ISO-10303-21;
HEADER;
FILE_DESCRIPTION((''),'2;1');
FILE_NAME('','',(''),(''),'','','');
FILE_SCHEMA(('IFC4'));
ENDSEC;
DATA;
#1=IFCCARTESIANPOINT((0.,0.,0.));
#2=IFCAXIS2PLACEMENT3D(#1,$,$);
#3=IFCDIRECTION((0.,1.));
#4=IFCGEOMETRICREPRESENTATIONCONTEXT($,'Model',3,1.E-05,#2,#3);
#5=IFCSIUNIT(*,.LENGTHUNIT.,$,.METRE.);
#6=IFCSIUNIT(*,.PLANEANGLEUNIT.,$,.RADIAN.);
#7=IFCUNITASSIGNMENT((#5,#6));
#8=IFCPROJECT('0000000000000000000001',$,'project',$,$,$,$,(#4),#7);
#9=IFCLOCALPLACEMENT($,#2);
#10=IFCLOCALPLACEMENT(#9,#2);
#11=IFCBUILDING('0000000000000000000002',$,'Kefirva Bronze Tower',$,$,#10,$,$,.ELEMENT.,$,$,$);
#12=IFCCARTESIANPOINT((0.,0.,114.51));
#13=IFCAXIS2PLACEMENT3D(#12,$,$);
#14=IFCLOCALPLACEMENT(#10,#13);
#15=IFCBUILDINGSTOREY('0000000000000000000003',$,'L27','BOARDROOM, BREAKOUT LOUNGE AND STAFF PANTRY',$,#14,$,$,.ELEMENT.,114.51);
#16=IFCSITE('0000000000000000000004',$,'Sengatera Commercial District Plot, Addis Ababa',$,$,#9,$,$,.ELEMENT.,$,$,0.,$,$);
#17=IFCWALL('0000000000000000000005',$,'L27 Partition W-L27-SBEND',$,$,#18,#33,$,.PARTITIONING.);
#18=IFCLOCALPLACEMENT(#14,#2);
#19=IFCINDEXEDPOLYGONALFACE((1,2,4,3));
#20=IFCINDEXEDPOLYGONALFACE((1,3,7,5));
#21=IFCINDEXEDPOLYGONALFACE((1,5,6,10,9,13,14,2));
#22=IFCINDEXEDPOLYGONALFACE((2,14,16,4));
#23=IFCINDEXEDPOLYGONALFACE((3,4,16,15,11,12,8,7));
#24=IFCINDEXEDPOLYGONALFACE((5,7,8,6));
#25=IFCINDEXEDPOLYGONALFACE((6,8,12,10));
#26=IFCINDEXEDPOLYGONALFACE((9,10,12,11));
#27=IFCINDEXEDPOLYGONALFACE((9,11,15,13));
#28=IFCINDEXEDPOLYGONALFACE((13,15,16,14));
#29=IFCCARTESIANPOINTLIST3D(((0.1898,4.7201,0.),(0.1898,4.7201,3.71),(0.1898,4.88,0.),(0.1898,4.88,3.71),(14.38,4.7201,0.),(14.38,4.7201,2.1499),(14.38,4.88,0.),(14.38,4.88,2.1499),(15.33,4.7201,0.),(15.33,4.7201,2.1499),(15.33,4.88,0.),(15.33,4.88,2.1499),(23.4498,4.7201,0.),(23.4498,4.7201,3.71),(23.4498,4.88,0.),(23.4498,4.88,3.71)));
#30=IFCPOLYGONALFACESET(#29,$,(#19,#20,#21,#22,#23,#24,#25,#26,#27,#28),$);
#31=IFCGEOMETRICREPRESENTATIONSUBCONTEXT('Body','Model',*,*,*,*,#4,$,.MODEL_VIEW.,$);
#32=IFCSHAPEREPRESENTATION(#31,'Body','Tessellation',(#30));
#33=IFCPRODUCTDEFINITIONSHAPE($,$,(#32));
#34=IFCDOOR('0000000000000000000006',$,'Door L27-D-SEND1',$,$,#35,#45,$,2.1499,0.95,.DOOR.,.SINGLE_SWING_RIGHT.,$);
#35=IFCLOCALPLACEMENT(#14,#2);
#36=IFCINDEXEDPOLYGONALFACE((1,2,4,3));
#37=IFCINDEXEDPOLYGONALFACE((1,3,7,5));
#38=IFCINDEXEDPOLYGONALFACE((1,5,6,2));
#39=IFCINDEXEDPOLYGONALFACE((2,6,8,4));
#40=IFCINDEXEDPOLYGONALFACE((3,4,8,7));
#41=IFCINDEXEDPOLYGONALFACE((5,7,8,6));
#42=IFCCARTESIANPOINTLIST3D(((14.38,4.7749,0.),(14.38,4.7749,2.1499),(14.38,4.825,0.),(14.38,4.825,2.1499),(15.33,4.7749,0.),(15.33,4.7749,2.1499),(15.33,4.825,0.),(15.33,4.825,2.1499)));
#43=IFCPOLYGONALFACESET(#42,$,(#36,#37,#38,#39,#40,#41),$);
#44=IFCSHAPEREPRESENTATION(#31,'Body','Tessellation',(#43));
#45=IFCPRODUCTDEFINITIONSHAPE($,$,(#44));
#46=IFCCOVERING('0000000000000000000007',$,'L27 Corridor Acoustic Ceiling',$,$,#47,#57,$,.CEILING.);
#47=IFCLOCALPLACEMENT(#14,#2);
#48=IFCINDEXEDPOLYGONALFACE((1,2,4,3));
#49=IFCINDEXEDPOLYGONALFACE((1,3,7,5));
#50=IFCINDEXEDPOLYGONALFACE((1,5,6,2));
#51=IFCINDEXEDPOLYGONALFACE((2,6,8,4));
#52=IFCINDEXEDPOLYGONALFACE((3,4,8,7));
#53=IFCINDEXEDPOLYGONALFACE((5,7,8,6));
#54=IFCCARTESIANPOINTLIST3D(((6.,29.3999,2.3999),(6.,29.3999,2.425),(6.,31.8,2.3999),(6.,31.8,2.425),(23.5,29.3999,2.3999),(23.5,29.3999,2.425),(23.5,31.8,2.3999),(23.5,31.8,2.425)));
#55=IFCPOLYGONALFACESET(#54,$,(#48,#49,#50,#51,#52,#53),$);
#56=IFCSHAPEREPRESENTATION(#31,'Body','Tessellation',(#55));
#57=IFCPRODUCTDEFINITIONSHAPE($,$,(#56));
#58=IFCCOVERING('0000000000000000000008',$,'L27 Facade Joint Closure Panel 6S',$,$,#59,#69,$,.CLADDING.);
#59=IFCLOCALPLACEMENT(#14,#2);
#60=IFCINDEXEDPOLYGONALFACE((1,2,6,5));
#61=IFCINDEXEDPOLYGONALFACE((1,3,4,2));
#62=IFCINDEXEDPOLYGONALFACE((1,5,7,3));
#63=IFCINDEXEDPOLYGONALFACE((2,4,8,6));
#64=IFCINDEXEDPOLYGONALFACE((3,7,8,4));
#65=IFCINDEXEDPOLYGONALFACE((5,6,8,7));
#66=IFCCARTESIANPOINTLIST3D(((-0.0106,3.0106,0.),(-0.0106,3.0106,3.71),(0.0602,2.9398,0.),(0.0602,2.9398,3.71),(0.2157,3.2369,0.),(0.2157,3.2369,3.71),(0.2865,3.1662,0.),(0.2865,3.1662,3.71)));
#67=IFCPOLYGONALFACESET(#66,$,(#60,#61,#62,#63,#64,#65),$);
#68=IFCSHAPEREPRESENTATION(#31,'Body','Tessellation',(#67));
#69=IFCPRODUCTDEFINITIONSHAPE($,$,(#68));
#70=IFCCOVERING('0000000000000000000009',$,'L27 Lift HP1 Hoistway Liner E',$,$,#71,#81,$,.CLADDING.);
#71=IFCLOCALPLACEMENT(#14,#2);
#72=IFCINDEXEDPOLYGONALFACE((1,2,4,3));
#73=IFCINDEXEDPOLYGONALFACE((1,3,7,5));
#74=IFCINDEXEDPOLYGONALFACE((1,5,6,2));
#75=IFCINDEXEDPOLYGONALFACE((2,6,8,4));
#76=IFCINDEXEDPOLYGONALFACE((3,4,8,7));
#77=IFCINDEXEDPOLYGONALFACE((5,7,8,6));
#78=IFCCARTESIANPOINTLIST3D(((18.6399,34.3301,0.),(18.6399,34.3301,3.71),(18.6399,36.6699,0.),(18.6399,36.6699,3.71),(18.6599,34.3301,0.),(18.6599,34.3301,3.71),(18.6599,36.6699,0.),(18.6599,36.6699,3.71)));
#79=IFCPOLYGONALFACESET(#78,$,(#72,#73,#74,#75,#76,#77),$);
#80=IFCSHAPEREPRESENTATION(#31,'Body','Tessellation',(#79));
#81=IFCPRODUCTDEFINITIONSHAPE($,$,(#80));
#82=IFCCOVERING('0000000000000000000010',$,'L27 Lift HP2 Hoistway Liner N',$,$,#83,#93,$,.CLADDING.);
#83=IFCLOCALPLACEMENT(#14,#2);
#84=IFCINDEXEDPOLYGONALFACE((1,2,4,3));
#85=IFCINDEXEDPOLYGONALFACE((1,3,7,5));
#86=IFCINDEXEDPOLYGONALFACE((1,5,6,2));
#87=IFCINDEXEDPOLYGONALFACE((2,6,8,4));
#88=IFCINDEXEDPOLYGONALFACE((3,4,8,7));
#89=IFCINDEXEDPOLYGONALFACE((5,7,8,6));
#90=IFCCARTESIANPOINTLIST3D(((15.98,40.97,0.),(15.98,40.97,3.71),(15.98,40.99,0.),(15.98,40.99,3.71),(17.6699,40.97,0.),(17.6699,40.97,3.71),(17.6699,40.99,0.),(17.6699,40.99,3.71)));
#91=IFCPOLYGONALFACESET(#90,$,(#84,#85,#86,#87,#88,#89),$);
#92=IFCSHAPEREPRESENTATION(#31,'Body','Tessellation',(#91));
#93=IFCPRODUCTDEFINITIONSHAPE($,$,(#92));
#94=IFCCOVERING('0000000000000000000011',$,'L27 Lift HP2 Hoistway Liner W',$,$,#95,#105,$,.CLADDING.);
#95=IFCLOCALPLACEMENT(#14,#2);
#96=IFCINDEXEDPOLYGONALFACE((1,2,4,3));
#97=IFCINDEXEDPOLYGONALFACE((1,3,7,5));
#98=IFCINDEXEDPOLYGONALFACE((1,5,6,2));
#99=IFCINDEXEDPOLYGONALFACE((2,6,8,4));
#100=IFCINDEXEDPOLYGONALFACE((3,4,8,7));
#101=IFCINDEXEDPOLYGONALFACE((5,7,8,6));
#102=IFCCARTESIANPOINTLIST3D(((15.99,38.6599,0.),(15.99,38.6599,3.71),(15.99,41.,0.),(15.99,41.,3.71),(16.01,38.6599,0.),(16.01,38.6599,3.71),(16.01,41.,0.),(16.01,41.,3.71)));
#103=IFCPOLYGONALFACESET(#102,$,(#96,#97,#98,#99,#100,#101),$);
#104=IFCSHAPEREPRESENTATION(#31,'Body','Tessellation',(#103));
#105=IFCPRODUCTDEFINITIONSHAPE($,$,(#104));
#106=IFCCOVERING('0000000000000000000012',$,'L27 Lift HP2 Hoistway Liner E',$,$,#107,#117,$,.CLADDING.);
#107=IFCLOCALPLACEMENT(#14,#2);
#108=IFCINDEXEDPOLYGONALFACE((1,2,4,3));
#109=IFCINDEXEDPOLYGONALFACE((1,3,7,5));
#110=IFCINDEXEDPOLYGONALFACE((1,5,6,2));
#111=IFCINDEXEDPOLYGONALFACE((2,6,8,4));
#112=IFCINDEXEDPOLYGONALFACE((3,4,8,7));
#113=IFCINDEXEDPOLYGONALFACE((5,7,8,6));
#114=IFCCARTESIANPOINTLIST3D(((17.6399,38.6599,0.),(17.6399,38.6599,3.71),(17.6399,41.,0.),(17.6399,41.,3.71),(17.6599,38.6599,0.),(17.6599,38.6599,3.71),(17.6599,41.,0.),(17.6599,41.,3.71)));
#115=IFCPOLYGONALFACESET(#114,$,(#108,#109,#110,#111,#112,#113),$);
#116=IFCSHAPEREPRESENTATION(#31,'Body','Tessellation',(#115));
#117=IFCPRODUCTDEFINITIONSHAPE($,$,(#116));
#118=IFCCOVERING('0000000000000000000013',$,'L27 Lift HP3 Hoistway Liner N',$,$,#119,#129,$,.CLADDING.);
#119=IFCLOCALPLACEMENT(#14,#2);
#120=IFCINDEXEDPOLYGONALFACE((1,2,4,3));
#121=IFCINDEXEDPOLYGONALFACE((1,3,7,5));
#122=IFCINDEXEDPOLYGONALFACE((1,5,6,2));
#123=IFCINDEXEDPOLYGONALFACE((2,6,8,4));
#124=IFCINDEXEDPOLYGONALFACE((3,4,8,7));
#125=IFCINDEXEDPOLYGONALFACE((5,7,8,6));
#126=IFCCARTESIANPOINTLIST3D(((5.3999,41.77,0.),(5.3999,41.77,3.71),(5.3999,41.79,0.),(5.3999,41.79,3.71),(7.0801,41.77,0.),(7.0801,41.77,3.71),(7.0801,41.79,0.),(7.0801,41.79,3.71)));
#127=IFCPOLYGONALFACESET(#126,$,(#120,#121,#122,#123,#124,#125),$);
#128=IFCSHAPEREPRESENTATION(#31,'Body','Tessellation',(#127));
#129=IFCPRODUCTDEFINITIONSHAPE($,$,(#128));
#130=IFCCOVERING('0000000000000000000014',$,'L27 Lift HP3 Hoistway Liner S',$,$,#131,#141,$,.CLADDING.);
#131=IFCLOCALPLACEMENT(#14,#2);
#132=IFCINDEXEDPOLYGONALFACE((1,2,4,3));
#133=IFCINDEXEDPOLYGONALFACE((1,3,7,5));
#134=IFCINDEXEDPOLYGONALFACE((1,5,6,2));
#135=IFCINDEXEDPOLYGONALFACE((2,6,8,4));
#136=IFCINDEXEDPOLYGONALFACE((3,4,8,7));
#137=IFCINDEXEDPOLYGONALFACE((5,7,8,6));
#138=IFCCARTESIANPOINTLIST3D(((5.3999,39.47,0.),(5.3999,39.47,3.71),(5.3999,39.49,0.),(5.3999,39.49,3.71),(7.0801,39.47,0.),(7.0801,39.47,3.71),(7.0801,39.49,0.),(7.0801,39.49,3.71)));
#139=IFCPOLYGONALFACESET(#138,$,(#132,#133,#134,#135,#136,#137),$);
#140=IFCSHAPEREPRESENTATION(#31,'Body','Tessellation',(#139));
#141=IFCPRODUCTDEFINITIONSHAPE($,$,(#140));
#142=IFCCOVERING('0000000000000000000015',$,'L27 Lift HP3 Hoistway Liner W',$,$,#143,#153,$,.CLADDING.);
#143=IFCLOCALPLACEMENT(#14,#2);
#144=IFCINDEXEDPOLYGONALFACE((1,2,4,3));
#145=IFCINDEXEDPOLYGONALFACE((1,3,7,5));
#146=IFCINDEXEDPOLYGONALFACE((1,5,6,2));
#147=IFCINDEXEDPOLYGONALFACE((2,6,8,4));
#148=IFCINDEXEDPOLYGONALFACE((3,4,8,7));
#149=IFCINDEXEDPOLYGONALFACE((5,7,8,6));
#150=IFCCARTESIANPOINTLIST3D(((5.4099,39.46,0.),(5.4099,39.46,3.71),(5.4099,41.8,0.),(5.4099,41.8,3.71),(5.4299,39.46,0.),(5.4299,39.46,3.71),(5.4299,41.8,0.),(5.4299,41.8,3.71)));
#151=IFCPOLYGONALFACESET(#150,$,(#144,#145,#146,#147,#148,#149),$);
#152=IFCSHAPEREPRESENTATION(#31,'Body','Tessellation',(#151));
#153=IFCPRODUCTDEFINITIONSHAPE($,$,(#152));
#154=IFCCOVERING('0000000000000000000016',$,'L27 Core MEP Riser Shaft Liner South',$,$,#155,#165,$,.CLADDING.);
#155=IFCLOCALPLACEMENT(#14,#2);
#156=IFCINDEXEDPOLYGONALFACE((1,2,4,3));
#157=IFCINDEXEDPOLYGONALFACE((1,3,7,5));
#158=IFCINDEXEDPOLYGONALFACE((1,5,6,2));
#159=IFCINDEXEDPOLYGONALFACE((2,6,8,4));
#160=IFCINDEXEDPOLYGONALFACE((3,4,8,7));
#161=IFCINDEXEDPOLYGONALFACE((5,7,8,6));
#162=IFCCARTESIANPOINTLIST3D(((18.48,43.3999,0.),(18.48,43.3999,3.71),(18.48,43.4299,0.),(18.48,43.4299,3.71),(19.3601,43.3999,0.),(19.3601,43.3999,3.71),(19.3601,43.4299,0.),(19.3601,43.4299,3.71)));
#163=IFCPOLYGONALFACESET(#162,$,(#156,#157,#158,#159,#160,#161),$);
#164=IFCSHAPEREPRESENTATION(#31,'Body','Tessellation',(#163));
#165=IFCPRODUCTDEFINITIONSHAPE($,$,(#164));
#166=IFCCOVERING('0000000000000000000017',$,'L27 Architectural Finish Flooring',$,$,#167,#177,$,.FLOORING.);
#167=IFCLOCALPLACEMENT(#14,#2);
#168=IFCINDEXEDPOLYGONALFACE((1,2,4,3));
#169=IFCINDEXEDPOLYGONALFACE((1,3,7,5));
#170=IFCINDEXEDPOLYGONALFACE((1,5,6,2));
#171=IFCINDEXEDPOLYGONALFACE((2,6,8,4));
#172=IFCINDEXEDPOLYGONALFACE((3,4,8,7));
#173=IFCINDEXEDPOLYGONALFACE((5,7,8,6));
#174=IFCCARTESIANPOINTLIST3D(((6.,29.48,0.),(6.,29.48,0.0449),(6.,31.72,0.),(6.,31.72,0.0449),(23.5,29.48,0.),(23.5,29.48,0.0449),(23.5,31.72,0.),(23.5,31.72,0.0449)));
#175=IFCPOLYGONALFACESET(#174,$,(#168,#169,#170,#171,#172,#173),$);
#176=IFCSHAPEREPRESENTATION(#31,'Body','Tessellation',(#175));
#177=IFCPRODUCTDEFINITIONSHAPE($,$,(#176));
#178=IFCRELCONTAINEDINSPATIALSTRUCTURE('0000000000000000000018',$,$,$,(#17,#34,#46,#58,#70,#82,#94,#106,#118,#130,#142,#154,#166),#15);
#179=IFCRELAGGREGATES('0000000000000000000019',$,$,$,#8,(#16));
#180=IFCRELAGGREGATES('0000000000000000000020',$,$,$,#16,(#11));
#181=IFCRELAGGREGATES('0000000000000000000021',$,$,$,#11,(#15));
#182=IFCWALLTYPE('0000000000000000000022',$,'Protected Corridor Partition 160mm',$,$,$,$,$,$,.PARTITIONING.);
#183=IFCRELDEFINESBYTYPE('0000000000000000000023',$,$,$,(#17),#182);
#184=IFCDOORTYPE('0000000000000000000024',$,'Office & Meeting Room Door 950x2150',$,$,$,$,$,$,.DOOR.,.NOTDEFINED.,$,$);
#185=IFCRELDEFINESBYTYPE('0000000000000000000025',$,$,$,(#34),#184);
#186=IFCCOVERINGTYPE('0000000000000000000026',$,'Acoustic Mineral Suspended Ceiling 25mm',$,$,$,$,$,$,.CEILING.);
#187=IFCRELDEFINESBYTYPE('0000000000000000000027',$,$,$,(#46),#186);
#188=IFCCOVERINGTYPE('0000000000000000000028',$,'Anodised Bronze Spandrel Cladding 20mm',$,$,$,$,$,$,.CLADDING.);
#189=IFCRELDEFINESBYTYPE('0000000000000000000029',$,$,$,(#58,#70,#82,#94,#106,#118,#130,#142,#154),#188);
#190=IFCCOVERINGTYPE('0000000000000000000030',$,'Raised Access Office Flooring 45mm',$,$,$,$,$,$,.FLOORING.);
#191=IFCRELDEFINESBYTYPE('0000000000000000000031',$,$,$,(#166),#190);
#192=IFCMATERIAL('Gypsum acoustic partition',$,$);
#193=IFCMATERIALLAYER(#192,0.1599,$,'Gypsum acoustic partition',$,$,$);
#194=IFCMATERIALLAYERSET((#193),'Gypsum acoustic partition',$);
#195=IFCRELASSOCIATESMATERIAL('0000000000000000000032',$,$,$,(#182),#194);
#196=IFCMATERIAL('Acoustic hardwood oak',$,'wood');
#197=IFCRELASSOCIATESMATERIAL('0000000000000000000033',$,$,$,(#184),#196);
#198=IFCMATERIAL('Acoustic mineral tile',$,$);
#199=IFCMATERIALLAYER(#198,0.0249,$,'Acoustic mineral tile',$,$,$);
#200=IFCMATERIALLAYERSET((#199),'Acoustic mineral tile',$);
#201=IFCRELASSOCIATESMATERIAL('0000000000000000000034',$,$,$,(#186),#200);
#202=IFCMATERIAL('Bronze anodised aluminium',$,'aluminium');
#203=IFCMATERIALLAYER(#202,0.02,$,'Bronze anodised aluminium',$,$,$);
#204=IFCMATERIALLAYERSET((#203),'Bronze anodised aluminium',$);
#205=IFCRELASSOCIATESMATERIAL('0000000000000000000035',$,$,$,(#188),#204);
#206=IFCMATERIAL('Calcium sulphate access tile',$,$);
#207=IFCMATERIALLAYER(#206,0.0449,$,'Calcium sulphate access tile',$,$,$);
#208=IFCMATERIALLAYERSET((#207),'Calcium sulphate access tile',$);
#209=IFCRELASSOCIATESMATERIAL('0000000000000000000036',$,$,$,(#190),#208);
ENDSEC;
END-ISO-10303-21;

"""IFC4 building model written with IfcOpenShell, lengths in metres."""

from ifc_helpers import new_model, si_unit, direction, frame, frame_2d, origin, origin_2d, place, context, subcontext, project, spatial, polyline, rectangle, outline, extrude, material, layer, layer_set, type_object, element, fill, save


model = new_model("IFC4")

# Units and contexts
model_context = context("Model", 3, precision=1e-05, world=origin(), true_north=direction((0.0, 1.0)))
body_context = subcontext(model_context, "Body", "Model", "MODEL_VIEW")
ifc_project = project(units=[si_unit("LENGTHUNIT", "METRE"), si_unit("PLANEANGLEUNIT", "RADIAN")], contexts=[model_context])

# Site, building, storey
site_placement = place(None, origin())
site = spatial("IfcSite", under=ifc_project, at=site_placement, Name="Sengatera Commercial District Plot, Addis Ababa", CompositionType="ELEMENT", RefElevation=0.0)
building_placement = place(site_placement, origin())
building = spatial("IfcBuilding", under=site, at=building_placement, Name="Kefirva Bronze Tower", CompositionType="ELEMENT")
storey_placement = place(building_placement, frame((0.0, 0.0, 114.51)))
storey = spatial("IfcBuildingStorey", under=building, at=storey_placement, Name="L27", Description="BOARDROOM, BREAKOUT LOUNGE AND STAFF PANTRY", CompositionType="ELEMENT", Elevation=114.51)

# Shared definitions
ifc_material_1 = material(Name="Bronze anodised aluminium", Category="aluminium")

# Wall, opening, door
ifc_material_2 = material(Name="Gypsum acoustic partition")
ifc_layer_1 = layer(ifc_material_2, 0.1599, Name="Gypsum acoustic partition")
ifc_layer_set_1 = layer_set([ifc_layer_1], Name="Gypsum acoustic partition")
wall_type_1 = type_object("IfcWallType", Name="Protected Corridor Partition 160mm", PredefinedType="PARTITIONING", material=ifc_layer_set_1)
wall_1_placement = place(storey_placement, frame((0.1899, 4.8, 0.0), z_axis=(0.0, 0.0, 1.0), x_axis=(1.0, 0.0, 0.0)))
wall_1 = element("IfcWall", 1, at=wall_1_placement, inside=storey, type_object=wall_type_1, Name="L27 Partition W-L27-SBEND", PredefinedType="PARTITIONING", context=body_context, shape_type="SweptSolid", body=[
    extrude(rectangle(XDim=23.26, YDim=0.1599, at=frame_2d((11.6299, 0.0))), origin(), (0.0, 0.0, 1.0), 3.71),
])
opening_placement = place(wall_1_placement, frame((14.1899, 0.0, 0.0)))
opening = element("IfcOpeningElement", 2, at=opening_placement, cuts=wall_1, PredefinedType="OPENING", context=body_context, shape_type="SweptSolid", body=[
    extrude(rectangle(XDim=0.95, YDim=2.1499, at=frame_2d((0.4751, 1.075))), frame((0.0, 0.0898, 0.0), z_axis=(0.0, -1.0, 0.0), x_axis=(1.0, 0.0, 0.0)), (0.0, 0.0, 1.0), 0.1799),
])
ifc_material_3 = material(Name="Acoustic hardwood oak", Category="wood")
door_type = type_object("IfcDoorType", Name="Office & Meeting Room Door 950x2150", OperationType="NOTDEFINED", PredefinedType="DOOR", material=ifc_material_3)
door_placement = place(opening_placement, origin())
door = element("IfcDoor", 3, at=door_placement, inside=storey, type_object=door_type, Name="Door L27-D-SEND1", OperationType="SINGLE_SWING_RIGHT", OverallHeight=2.1499, OverallWidth=0.95, PredefinedType="DOOR", context=body_context, shape_type="SweptSolid", body=[
    extrude(rectangle(XDim=0.95, YDim=2.1499, at=frame_2d((0.4751, 1.075))), frame((0.0, 0.0249, 0.0), z_axis=(0.0, -1.0, 0.0), x_axis=(1.0, 0.0, 0.0)), (0.0, 0.0, 1.0), 0.05),
])
fill(opening, door)

# Coverings
ifc_material_4 = material(Name="Acoustic mineral tile")
ifc_layer_2 = layer(ifc_material_4, 0.0249, Name="Acoustic mineral tile")
ifc_layer_set_2 = layer_set([ifc_layer_2], Name="Acoustic mineral tile")
covering_type_1 = type_object("IfcCoveringType", Name="Acoustic Mineral Suspended Ceiling 25mm", PredefinedType="CEILING", material=ifc_layer_set_2)
covering_1_placement = place(storey_placement, frame((0.0, 0.0, 2.3999)))
element("IfcCovering", 4, at=covering_1_placement, inside=storey, type_object=covering_type_1, Name="L27 Corridor Acoustic Ceiling", PredefinedType="CEILING", context=body_context, shape_type="SweptSolid", body=[
    extrude(outline(polyline([(6.0, 29.3999), (23.5, 29.3999), (23.5, 31.8), (6.0, 31.8), (6.0, 29.3999)])), origin(), (0.0, 0.0, 1.0), 0.0251),
])
ifc_layer_3 = layer(ifc_material_1, 0.02, Name="Bronze anodised aluminium")
ifc_layer_set_3 = layer_set([ifc_layer_3], Name="Bronze anodised aluminium")
covering_type_2 = type_object("IfcCoveringType", Name="Anodised Bronze Spandrel Cladding 20mm", PredefinedType="CLADDING", material=ifc_layer_set_3)
covering_2_placement = place(storey_placement, frame((0.1379, 3.0884, 0.0), z_axis=(0.0, 0.0, 1.0), x_axis=(0.707107, -0.707107, 0.0)))
element("IfcCovering", 5, at=covering_2_placement, inside=storey, type_object=covering_type_2, Name="L27 Facade Joint Closure Panel 6S", PredefinedType="CLADDING", context=body_context, shape_type="SweptSolid", body=[
    extrude(rectangle(XDim=0.1001, YDim=0.3201, at=origin_2d()), origin(), (0.0, 0.0, 1.0), 3.71),
])
covering_3_placement = place(storey_placement, origin())
element("IfcCovering", 6, at=covering_3_placement, inside=storey, type_object=covering_type_2, Name="L27 Lift HP1 Hoistway Liner E", PredefinedType="CLADDING", context=body_context, shape_type="SweptSolid", body=[
    extrude(outline(polyline([(18.6399, 34.3301), (18.6599, 34.3301), (18.6599, 36.6699), (18.6399, 36.6699), (18.6399, 34.3301)])), origin(), (0.0, 0.0, 1.0), 3.71),
])
covering_4_placement = place(storey_placement, origin())
element("IfcCovering", 7, at=covering_4_placement, inside=storey, type_object=covering_type_2, Name="L27 Lift HP2 Hoistway Liner N", PredefinedType="CLADDING", context=body_context, shape_type="SweptSolid", body=[
    extrude(outline(polyline([(15.98, 40.97), (17.6699, 40.97), (17.6699, 40.99), (15.98, 40.99), (15.98, 40.97)])), origin(), (0.0, 0.0, 1.0), 3.71),
])
covering_5_placement = place(storey_placement, origin())
element("IfcCovering", 8, at=covering_5_placement, inside=storey, type_object=covering_type_2, Name="L27 Lift HP2 Hoistway Liner W", PredefinedType="CLADDING", context=body_context, shape_type="SweptSolid", body=[
    extrude(outline(polyline([(15.99, 38.6599), (16.01, 38.6599), (16.01, 41.0), (15.99, 41.0), (15.99, 38.6599)])), origin(), (0.0, 0.0, 1.0), 3.71),
])
covering_6_placement = place(storey_placement, origin())
element("IfcCovering", 9, at=covering_6_placement, inside=storey, type_object=covering_type_2, Name="L27 Lift HP2 Hoistway Liner E", PredefinedType="CLADDING", context=body_context, shape_type="SweptSolid", body=[
    extrude(outline(polyline([(17.6399, 38.6599), (17.6599, 38.6599), (17.6599, 41.0), (17.6399, 41.0), (17.6399, 38.6599)])), origin(), (0.0, 0.0, 1.0), 3.71),
])
covering_7_placement = place(storey_placement, origin())
element("IfcCovering", 10, at=covering_7_placement, inside=storey, type_object=covering_type_2, Name="L27 Lift HP3 Hoistway Liner N", PredefinedType="CLADDING", context=body_context, shape_type="SweptSolid", body=[
    extrude(outline(polyline([(5.3999, 41.77), (7.0801, 41.77), (7.0801, 41.79), (5.3999, 41.79), (5.3999, 41.77)])), origin(), (0.0, 0.0, 1.0), 3.71),
])
covering_8_placement = place(storey_placement, origin())
element("IfcCovering", 11, at=covering_8_placement, inside=storey, type_object=covering_type_2, Name="L27 Lift HP3 Hoistway Liner S", PredefinedType="CLADDING", context=body_context, shape_type="SweptSolid", body=[
    extrude(outline(polyline([(5.3999, 39.47), (7.0801, 39.47), (7.0801, 39.49), (5.3999, 39.49), (5.3999, 39.47)])), origin(), (0.0, 0.0, 1.0), 3.71),
])
covering_9_placement = place(storey_placement, origin())
element("IfcCovering", 12, at=covering_9_placement, inside=storey, type_object=covering_type_2, Name="L27 Lift HP3 Hoistway Liner W", PredefinedType="CLADDING", context=body_context, shape_type="SweptSolid", body=[
    extrude(outline(polyline([(5.4099, 39.46), (5.4299, 39.46), (5.4299, 41.8), (5.4099, 41.8), (5.4099, 39.46)])), origin(), (0.0, 0.0, 1.0), 3.71),
])
covering_10_placement = place(storey_placement, origin())
element("IfcCovering", 13, at=covering_10_placement, inside=storey, type_object=covering_type_2, Name="L27 Core MEP Riser Shaft Liner South", PredefinedType="CLADDING", context=body_context, shape_type="SweptSolid", body=[
    extrude(outline(polyline([(18.48, 43.3999), (19.3601, 43.3999), (19.3601, 43.4299), (18.48, 43.4299), (18.48, 43.3999)])), origin(), (0.0, 0.0, 1.0), 3.71),
])
ifc_material_5 = material(Name="Calcium sulphate access tile")
ifc_layer_4 = layer(ifc_material_5, 0.0449, Name="Calcium sulphate access tile")
ifc_layer_set_4 = layer_set([ifc_layer_4], Name="Calcium sulphate access tile")
covering_type_3 = type_object("IfcCoveringType", Name="Raised Access Office Flooring 45mm", PredefinedType="FLOORING", material=ifc_layer_set_4)
covering_11_placement = place(storey_placement, origin())
element("IfcCovering", 14, at=covering_11_placement, inside=storey, type_object=covering_type_3, Name="L27 Architectural Finish Flooring", PredefinedType="FLOORING", context=body_context, shape_type="SweptSolid", body=[
    extrude(outline(polyline([(6.0, 29.48), (23.5, 29.48), (23.5, 31.72), (6.0, 31.72), (6.0, 29.48)])), origin(), (0.0, 0.0, 1.0), 0.0449),
])

save(model, "model.ifc")
